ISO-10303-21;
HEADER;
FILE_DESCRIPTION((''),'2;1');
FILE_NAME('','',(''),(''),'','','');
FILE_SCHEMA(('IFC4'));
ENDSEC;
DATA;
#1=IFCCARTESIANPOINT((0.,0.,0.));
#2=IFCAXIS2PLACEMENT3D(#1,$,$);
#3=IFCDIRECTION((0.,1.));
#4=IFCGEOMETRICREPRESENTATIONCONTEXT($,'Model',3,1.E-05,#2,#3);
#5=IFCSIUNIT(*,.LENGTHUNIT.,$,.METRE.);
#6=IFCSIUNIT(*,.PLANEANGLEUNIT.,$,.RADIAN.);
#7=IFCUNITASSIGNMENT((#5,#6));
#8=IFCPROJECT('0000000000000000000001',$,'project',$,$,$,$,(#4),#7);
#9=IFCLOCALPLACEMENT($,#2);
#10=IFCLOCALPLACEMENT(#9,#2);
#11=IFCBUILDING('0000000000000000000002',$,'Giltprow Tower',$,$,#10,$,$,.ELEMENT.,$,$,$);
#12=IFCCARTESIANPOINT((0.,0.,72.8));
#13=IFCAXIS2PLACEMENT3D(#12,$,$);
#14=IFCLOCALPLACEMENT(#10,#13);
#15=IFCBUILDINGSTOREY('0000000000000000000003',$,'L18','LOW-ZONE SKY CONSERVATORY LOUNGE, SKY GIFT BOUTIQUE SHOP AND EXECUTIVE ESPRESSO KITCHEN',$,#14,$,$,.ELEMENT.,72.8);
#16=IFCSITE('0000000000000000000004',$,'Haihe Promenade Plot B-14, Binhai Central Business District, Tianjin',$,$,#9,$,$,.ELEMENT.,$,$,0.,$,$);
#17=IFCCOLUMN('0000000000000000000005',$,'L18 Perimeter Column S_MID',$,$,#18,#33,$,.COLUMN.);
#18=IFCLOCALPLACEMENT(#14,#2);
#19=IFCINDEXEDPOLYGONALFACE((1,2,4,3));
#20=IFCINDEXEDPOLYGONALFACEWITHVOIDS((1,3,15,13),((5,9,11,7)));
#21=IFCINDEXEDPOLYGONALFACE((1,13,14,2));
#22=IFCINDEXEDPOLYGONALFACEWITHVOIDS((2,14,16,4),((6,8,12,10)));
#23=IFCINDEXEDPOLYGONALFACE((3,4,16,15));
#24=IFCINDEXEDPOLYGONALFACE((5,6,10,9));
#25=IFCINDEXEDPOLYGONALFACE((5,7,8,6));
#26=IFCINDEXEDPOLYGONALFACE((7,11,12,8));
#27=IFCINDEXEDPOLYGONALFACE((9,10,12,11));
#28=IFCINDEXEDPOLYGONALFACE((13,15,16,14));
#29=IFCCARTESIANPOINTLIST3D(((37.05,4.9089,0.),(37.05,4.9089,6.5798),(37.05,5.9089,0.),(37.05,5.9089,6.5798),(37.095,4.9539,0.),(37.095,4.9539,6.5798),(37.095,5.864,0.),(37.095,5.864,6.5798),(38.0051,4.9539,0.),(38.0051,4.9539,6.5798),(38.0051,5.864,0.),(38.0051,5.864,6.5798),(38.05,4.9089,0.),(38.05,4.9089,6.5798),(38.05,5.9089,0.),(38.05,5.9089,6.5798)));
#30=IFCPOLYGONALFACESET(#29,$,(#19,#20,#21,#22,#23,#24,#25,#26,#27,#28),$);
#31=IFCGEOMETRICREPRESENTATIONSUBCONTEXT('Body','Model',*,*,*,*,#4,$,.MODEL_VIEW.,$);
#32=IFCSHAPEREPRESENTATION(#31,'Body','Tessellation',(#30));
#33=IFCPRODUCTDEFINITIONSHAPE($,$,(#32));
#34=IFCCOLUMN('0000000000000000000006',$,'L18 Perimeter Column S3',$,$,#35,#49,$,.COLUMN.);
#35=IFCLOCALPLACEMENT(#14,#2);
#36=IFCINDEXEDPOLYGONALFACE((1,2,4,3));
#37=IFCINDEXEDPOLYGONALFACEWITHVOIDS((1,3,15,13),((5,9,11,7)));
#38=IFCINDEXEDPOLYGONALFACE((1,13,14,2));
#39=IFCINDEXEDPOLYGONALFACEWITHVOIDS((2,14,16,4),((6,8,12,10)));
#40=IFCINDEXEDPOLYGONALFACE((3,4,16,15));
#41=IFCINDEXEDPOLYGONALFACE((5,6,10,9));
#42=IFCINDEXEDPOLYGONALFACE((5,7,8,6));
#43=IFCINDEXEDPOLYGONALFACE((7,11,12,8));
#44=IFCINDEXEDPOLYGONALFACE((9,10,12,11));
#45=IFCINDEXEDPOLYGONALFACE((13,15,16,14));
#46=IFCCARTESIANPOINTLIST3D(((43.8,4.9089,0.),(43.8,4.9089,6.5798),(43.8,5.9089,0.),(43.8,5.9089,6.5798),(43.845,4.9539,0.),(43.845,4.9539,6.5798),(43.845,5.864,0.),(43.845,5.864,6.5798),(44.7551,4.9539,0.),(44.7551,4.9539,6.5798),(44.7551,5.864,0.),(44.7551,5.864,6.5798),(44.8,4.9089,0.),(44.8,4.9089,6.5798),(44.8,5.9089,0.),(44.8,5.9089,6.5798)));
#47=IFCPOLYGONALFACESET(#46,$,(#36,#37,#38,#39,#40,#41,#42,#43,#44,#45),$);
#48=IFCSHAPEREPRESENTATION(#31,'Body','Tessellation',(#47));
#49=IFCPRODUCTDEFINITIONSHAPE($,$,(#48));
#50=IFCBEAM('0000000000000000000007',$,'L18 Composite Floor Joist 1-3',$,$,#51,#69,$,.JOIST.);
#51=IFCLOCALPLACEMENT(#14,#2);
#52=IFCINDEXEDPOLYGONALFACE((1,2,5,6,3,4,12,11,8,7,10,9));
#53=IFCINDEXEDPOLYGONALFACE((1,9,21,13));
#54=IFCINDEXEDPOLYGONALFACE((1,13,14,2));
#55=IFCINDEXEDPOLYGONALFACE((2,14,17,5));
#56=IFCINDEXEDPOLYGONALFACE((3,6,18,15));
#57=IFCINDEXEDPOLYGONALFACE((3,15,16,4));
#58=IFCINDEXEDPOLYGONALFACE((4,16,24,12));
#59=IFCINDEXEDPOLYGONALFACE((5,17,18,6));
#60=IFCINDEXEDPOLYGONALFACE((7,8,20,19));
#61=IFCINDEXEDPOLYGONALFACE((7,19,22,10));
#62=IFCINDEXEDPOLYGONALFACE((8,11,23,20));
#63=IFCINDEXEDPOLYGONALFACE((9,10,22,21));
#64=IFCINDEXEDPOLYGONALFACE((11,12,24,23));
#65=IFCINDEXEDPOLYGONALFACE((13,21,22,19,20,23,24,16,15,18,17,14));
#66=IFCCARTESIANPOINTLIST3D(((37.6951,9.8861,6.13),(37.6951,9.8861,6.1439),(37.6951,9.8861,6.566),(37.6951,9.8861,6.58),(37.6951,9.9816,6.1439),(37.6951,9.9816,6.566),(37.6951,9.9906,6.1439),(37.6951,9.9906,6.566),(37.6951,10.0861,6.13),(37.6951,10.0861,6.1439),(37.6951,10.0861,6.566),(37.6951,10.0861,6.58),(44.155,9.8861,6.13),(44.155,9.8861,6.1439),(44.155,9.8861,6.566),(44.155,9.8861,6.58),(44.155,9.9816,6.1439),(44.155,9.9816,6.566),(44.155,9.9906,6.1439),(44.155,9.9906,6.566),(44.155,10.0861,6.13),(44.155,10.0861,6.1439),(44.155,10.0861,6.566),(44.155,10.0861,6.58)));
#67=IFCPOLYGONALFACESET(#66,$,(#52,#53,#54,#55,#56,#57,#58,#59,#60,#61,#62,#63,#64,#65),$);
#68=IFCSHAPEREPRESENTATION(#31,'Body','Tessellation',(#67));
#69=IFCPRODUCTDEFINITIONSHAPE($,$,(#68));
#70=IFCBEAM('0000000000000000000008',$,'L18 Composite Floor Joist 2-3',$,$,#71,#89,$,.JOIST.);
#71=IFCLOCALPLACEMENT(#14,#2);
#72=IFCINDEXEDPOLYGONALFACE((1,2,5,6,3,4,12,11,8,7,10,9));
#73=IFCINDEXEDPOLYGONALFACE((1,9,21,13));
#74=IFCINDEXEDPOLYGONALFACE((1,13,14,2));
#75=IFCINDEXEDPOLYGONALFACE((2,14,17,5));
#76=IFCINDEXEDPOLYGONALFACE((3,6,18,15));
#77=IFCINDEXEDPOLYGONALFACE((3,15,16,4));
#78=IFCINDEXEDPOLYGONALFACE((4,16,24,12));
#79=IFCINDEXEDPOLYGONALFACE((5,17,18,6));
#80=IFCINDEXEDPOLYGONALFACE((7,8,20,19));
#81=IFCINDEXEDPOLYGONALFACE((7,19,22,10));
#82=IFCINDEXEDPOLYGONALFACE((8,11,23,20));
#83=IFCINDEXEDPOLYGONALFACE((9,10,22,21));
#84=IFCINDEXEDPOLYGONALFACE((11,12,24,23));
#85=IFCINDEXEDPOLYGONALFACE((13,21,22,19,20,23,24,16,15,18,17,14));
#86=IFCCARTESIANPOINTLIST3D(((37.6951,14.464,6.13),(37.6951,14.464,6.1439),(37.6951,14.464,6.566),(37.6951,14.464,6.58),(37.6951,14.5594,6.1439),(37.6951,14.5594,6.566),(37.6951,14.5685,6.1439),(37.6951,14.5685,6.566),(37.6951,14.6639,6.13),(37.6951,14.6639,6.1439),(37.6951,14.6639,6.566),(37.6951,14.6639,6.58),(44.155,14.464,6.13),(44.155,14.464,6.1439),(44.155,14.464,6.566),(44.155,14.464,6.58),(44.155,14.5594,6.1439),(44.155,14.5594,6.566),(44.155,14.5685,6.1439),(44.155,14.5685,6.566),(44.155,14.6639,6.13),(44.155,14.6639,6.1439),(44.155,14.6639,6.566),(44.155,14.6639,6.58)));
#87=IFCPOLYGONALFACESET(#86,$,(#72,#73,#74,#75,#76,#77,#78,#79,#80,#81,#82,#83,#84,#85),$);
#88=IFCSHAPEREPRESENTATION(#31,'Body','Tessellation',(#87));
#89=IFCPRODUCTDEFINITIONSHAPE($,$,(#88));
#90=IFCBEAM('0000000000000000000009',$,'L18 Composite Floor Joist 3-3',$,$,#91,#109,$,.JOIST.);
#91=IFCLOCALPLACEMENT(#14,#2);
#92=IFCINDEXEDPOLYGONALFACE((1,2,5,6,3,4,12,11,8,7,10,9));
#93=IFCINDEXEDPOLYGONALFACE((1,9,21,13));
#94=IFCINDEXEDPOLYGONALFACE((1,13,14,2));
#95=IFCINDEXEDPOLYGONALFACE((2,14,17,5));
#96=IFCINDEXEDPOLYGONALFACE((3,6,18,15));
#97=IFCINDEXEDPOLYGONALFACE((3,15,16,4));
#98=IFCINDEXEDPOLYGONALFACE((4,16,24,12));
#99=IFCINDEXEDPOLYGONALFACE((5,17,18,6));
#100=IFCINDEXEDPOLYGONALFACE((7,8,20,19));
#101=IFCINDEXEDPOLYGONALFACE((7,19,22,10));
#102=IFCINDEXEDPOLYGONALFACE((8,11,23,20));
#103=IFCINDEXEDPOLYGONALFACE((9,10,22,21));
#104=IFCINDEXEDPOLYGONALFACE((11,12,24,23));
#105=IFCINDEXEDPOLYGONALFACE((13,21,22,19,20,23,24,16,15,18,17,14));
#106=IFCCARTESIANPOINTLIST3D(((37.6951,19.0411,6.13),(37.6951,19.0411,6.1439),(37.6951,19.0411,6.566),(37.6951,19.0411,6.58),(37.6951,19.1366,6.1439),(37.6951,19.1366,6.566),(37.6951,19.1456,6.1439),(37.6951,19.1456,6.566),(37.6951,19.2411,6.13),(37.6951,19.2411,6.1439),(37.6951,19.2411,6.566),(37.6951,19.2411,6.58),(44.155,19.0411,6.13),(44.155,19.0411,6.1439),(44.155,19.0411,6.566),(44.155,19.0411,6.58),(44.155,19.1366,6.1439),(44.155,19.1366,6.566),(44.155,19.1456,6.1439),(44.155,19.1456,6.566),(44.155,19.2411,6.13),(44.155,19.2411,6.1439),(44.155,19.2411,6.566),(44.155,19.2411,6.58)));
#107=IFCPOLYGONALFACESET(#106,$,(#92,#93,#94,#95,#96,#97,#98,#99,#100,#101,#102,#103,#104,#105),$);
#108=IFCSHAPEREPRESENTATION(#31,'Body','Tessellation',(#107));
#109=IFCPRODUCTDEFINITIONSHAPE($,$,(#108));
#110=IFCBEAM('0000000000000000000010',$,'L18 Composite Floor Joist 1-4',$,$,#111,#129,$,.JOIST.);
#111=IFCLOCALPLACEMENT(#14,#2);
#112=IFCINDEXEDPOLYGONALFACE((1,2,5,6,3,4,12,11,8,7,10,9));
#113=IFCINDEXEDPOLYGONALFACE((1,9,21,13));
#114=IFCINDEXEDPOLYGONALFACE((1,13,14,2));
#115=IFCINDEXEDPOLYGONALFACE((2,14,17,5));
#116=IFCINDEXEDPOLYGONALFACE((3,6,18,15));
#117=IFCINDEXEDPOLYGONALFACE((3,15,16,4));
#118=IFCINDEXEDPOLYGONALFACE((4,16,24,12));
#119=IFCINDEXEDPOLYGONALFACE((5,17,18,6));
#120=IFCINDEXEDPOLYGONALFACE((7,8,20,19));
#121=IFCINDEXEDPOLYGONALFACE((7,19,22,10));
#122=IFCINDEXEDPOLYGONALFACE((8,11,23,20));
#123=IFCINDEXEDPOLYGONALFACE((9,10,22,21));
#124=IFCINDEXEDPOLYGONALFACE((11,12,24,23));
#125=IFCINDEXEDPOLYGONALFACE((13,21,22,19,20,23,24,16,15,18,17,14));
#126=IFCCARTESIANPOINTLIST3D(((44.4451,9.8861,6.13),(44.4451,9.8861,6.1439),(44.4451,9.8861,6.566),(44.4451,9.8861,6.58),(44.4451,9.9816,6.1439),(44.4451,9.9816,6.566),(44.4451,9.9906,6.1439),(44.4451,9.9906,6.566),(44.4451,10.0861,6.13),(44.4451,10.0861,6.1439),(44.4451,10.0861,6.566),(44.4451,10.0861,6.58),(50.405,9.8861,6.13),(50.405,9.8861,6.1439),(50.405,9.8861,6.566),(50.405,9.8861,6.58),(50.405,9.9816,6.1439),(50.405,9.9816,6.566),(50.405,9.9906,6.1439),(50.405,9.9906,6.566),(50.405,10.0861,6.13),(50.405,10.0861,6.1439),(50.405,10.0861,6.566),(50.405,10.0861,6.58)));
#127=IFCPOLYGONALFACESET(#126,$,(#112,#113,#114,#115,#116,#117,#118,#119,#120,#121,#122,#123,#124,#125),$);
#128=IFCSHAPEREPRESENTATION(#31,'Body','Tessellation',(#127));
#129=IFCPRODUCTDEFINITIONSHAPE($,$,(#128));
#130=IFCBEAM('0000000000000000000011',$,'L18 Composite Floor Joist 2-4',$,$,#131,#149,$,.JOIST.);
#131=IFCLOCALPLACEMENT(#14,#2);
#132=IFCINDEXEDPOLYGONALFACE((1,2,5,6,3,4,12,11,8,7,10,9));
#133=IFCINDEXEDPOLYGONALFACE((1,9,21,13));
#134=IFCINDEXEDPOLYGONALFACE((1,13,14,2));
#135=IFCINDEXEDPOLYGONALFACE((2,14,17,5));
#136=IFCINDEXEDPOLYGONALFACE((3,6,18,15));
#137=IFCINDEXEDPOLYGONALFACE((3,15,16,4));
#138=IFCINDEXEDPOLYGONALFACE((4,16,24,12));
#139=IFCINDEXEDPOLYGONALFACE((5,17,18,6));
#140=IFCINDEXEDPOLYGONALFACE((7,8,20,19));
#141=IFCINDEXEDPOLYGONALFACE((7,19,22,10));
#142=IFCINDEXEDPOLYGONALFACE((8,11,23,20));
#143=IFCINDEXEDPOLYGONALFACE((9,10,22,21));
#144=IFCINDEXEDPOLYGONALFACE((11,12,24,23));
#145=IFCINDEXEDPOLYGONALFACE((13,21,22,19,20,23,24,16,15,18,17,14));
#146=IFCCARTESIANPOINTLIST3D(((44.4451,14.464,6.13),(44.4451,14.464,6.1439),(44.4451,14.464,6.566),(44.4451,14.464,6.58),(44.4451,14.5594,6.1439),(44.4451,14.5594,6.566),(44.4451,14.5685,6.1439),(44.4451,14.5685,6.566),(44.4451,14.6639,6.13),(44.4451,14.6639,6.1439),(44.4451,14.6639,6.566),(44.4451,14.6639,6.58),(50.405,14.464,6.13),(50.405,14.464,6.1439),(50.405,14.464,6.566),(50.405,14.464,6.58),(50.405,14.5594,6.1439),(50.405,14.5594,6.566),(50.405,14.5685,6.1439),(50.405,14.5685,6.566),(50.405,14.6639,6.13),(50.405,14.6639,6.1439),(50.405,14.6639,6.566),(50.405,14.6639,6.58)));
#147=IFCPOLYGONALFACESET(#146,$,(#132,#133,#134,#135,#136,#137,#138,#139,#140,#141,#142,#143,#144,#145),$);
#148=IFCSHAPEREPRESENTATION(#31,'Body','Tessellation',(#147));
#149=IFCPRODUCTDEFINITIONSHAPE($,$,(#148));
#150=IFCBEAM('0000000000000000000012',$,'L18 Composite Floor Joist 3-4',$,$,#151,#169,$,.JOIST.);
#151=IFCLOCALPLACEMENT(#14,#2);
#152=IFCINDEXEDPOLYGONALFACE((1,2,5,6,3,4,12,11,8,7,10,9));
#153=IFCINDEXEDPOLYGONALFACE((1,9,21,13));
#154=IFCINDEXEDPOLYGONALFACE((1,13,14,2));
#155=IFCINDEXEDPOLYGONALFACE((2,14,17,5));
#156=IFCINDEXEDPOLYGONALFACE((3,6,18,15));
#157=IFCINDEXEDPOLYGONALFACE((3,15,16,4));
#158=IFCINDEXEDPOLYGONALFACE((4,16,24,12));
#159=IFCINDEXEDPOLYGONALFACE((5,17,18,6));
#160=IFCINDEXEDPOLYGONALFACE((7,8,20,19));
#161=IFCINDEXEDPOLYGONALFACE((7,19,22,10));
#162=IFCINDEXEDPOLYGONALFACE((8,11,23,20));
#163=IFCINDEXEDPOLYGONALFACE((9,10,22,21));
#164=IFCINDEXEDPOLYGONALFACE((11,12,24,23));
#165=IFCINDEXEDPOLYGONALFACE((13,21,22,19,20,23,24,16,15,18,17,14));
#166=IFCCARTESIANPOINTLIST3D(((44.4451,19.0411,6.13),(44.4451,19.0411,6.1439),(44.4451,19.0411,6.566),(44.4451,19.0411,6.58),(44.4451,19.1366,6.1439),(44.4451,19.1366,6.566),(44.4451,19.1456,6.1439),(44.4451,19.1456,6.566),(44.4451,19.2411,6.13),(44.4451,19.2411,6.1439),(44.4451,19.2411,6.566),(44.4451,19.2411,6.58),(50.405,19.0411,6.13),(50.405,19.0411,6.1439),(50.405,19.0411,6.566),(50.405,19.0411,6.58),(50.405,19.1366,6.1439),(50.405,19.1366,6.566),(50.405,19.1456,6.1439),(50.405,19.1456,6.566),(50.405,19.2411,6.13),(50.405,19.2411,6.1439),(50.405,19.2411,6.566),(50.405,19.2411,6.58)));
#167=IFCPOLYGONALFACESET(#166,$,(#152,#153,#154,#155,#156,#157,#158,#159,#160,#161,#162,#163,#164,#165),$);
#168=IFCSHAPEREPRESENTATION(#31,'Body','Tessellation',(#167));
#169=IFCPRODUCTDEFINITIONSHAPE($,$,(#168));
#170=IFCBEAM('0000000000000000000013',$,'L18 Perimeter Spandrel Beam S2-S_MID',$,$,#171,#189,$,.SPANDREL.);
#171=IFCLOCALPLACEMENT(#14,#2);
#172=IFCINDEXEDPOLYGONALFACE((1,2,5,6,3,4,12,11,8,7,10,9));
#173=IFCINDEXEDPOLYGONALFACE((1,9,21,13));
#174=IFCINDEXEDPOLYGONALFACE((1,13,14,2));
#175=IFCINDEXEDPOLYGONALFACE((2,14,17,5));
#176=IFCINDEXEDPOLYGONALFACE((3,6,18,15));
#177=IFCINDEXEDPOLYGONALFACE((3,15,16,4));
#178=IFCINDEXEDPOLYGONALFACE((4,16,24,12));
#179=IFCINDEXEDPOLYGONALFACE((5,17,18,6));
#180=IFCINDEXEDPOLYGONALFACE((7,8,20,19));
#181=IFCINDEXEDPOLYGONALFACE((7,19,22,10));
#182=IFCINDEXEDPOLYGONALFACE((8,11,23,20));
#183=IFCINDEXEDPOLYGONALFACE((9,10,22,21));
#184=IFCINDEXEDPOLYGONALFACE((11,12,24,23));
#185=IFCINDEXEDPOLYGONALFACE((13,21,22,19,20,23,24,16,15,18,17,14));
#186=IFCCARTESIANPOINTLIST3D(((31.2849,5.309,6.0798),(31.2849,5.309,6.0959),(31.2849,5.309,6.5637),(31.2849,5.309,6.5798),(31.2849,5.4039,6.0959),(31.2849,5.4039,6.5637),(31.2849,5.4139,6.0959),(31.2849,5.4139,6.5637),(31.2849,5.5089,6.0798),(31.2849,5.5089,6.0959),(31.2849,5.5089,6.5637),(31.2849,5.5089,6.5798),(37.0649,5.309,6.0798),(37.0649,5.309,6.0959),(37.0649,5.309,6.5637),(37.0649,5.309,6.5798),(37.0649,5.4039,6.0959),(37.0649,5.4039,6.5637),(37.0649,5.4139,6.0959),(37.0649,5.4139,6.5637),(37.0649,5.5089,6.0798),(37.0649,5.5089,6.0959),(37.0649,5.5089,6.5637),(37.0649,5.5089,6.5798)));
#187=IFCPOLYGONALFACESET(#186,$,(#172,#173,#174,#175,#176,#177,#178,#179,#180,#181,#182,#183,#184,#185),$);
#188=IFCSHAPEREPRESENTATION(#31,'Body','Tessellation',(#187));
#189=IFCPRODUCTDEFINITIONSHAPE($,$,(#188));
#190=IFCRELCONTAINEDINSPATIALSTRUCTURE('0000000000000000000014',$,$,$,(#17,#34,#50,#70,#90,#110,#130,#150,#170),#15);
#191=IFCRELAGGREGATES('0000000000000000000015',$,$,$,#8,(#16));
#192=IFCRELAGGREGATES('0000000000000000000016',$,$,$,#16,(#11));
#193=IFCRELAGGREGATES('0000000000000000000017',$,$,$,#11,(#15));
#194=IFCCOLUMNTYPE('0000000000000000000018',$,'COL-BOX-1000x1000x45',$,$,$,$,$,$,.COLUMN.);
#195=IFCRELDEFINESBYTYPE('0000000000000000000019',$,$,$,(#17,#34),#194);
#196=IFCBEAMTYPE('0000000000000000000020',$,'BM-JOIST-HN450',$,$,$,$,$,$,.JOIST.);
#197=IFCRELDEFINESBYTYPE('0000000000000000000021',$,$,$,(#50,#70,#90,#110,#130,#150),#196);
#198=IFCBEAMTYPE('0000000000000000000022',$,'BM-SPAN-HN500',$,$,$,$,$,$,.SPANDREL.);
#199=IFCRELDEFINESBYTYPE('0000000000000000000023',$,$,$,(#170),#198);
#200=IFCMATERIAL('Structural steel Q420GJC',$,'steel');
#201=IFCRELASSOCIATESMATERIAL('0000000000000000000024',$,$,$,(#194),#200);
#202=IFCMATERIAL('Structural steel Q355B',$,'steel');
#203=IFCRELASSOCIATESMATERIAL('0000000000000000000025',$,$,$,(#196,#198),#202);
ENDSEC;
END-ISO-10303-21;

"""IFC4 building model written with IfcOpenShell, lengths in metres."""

from ifc_helpers import new_model, si_unit, direction, frame, origin, origin_2d, place, context, subcontext, project, spatial, hollow_rectangle, i_section, extrude, source, transform, mapped, material, material_profile, profile_set, type_object, element, save


model = new_model("IFC4")

# Units and contexts
model_context = context("Model", 3, precision=1e-05, world=origin(), true_north=direction((0.0, 1.0)))
body_context = subcontext(model_context, "Body", "Model", "MODEL_VIEW")
ifc_project = project(units=[si_unit("LENGTHUNIT", "METRE"), si_unit("PLANEANGLEUNIT", "RADIAN")], contexts=[model_context])

# Site, building, storey
site_placement = place(None, origin())
site = spatial("IfcSite", under=ifc_project, at=site_placement, Name="Haihe Promenade Plot B-14, Binhai Central Business District, Tianjin", CompositionType="ELEMENT", RefElevation=0.0)
building_placement = place(site_placement, origin())
building = spatial("IfcBuilding", under=site, at=building_placement, Name="Giltprow Tower", CompositionType="ELEMENT")
storey_placement = place(building_placement, frame((0.0, 0.0, 72.8)))
storey = spatial("IfcBuildingStorey", under=building, at=storey_placement, Name="L18", Description="LOW-ZONE SKY CONSERVATORY LOUNGE, SKY GIFT BOUTIQUE SHOP AND EXECUTIVE ESPRESSO KITCHEN", CompositionType="ELEMENT", Elevation=72.8)

# Columns
ifc_material_1 = material(Name="Structural steel Q420GJC", Category="steel")
ifc_material_profile_1 = material_profile(ifc_material_1, hollow_rectangle(XDim=1.0, YDim=1.0, WallThickness=0.0449, at=origin_2d()), Name="BOX 1000x1000x45")
ifc_profile_set_1 = profile_set([ifc_material_profile_1], Name="Structural steel Q420GJC")
column_type = type_object("IfcColumnType", Name="COL-BOX-1000x1000x45", PredefinedType="COLUMN", material=ifc_profile_set_1)
shared_shape_1 = source(origin(), body_context, "Body", "SweptSolid", [
    extrude(hollow_rectangle(XDim=1.0, YDim=1.0, WallThickness=0.0449, at=origin_2d()), origin(), (0.0, 0.0, 1.0), 6.5798),
])
for number, where, z_axis, x_axis, name in (
    (1, (37.55, 5.4089, 0.0), (0.0, 0.0, 1.0), (1.0, 0.0, 0.0), "L18 Perimeter Column S_MID"),
    (2, (44.3, 5.4089, 0.0), (0.0, 0.0, 1.0), (1.0, 0.0, 0.0), "L18 Perimeter Column S3"),
):
    element("IfcColumn", number, at=place(storey_placement, frame(where, z_axis=z_axis, x_axis=x_axis)), inside=storey, type_object=column_type, Name=name, PredefinedType="COLUMN", context=body_context, shape_type="MappedRepresentation", body=[
        mapped(shared_shape_1, transform((0.0, 0.0, 0.0), x_axis=(1.0, 0.0, 0.0), y_axis=(0.0, 1.0, 0.0), z_axis=(0.0, 0.0, 1.0), scale=1.0)),
    ])

# Beams
ifc_material_2 = material(Name="Structural steel Q355B", Category="steel")
ifc_material_profile_2 = material_profile(ifc_material_2, i_section(OverallWidth=0.2, OverallDepth=0.45, WebThickness=0.009, FlangeThickness=0.0139, at=origin_2d()), Name="HN 450x200x9x14")
ifc_profile_set_2 = profile_set([ifc_material_profile_2], Name="Structural steel Q355B")
beam_type_1 = type_object("IfcBeamType", Name="BM-JOIST-HN450", PredefinedType="JOIST", material=ifc_profile_set_2)
shared_shape_2 = source(origin(), body_context, "Body", "SweptSolid", [
    extrude(i_section(OverallWidth=0.2, OverallDepth=0.45, WebThickness=0.009, FlangeThickness=0.0139, at=origin_2d()), origin(), (0.0, 0.0, 1.0), 6.46),
])
for number, where, z_axis, x_axis, name in (
    (3, (37.6951, 9.9861, 6.355), (1.0, 0.0, 0.0), (0.0, 1.0, 0.0), "L18 Composite Floor Joist 1-3"),
    (4, (37.6951, 14.564, 6.355), (1.0, 0.0, 0.0), (0.0, 1.0, 0.0), "L18 Composite Floor Joist 2-3"),
    (5, (37.6951, 19.1411, 6.355), (1.0, 0.0, 0.0), (0.0, 1.0, 0.0), "L18 Composite Floor Joist 3-3"),
):
    element("IfcBeam", number, at=place(storey_placement, frame(where, z_axis=z_axis, x_axis=x_axis)), inside=storey, type_object=beam_type_1, Name=name, PredefinedType="JOIST", context=body_context, shape_type="MappedRepresentation", body=[
        mapped(shared_shape_2, transform((0.0, 0.0, 0.0), x_axis=(1.0, 0.0, 0.0), y_axis=(0.0, 1.0, 0.0), z_axis=(0.0, 0.0, 1.0), scale=1.0)),
    ])
shared_shape_3 = source(origin(), body_context, "Body", "SweptSolid", [
    extrude(i_section(OverallWidth=0.2, OverallDepth=0.45, WebThickness=0.009, FlangeThickness=0.0139, at=origin_2d()), origin(), (0.0, 0.0, 1.0), 5.96),
])
for number, where, z_axis, x_axis, name in (
    (6, (44.4451, 9.9861, 6.355), (1.0, 0.0, 0.0), (0.0, 1.0, 0.0), "L18 Composite Floor Joist 1-4"),
    (7, (44.4451, 14.564, 6.355), (1.0, 0.0, 0.0), (0.0, 1.0, 0.0), "L18 Composite Floor Joist 2-4"),
    (8, (44.4451, 19.1411, 6.355), (1.0, 0.0, 0.0), (0.0, 1.0, 0.0), "L18 Composite Floor Joist 3-4"),
):
    element("IfcBeam", number, at=place(storey_placement, frame(where, z_axis=z_axis, x_axis=x_axis)), inside=storey, type_object=beam_type_1, Name=name, PredefinedType="JOIST", context=body_context, shape_type="MappedRepresentation", body=[
        mapped(shared_shape_3, transform((0.0, 0.0, 0.0), x_axis=(1.0, 0.0, 0.0), y_axis=(0.0, 1.0, 0.0), z_axis=(0.0, 0.0, 1.0), scale=1.0)),
    ])
ifc_material_profile_3 = material_profile(ifc_material_2, i_section(OverallWidth=0.2, OverallDepth=0.5, WebThickness=0.01, FlangeThickness=0.0161, at=origin_2d()), Name="HN 500x200x10x16")
ifc_profile_set_3 = profile_set([ifc_material_profile_3], Name="Structural steel Q355B")
beam_type_2 = type_object("IfcBeamType", Name="BM-SPAN-HN500", PredefinedType="SPANDREL", material=ifc_profile_set_3)
shared_shape_4 = source(origin(), body_context, "Body", "SweptSolid", [
    extrude(i_section(OverallWidth=0.2, OverallDepth=0.5, WebThickness=0.01, FlangeThickness=0.0161, at=origin_2d()), origin(), (0.0, 0.0, 1.0), 5.78),
])
for number, where, z_axis, x_axis, name in (
    (9, (31.2849, 5.4089, 6.3298), (1.0, 0.0, 0.0), (0.0, 1.0, 0.0), "L18 Perimeter Spandrel Beam S2-S_MID"),
):
    element("IfcBeam", number, at=place(storey_placement, frame(where, z_axis=z_axis, x_axis=x_axis)), inside=storey, type_object=beam_type_2, Name=name, PredefinedType="SPANDREL", context=body_context, shape_type="MappedRepresentation", body=[
        mapped(shared_shape_4, transform((0.0, 0.0, 0.0), x_axis=(1.0, 0.0, 0.0), y_axis=(0.0, 1.0, 0.0), z_axis=(0.0, 0.0, 1.0), scale=1.0)),
    ])

save(model, "model.ifc")
